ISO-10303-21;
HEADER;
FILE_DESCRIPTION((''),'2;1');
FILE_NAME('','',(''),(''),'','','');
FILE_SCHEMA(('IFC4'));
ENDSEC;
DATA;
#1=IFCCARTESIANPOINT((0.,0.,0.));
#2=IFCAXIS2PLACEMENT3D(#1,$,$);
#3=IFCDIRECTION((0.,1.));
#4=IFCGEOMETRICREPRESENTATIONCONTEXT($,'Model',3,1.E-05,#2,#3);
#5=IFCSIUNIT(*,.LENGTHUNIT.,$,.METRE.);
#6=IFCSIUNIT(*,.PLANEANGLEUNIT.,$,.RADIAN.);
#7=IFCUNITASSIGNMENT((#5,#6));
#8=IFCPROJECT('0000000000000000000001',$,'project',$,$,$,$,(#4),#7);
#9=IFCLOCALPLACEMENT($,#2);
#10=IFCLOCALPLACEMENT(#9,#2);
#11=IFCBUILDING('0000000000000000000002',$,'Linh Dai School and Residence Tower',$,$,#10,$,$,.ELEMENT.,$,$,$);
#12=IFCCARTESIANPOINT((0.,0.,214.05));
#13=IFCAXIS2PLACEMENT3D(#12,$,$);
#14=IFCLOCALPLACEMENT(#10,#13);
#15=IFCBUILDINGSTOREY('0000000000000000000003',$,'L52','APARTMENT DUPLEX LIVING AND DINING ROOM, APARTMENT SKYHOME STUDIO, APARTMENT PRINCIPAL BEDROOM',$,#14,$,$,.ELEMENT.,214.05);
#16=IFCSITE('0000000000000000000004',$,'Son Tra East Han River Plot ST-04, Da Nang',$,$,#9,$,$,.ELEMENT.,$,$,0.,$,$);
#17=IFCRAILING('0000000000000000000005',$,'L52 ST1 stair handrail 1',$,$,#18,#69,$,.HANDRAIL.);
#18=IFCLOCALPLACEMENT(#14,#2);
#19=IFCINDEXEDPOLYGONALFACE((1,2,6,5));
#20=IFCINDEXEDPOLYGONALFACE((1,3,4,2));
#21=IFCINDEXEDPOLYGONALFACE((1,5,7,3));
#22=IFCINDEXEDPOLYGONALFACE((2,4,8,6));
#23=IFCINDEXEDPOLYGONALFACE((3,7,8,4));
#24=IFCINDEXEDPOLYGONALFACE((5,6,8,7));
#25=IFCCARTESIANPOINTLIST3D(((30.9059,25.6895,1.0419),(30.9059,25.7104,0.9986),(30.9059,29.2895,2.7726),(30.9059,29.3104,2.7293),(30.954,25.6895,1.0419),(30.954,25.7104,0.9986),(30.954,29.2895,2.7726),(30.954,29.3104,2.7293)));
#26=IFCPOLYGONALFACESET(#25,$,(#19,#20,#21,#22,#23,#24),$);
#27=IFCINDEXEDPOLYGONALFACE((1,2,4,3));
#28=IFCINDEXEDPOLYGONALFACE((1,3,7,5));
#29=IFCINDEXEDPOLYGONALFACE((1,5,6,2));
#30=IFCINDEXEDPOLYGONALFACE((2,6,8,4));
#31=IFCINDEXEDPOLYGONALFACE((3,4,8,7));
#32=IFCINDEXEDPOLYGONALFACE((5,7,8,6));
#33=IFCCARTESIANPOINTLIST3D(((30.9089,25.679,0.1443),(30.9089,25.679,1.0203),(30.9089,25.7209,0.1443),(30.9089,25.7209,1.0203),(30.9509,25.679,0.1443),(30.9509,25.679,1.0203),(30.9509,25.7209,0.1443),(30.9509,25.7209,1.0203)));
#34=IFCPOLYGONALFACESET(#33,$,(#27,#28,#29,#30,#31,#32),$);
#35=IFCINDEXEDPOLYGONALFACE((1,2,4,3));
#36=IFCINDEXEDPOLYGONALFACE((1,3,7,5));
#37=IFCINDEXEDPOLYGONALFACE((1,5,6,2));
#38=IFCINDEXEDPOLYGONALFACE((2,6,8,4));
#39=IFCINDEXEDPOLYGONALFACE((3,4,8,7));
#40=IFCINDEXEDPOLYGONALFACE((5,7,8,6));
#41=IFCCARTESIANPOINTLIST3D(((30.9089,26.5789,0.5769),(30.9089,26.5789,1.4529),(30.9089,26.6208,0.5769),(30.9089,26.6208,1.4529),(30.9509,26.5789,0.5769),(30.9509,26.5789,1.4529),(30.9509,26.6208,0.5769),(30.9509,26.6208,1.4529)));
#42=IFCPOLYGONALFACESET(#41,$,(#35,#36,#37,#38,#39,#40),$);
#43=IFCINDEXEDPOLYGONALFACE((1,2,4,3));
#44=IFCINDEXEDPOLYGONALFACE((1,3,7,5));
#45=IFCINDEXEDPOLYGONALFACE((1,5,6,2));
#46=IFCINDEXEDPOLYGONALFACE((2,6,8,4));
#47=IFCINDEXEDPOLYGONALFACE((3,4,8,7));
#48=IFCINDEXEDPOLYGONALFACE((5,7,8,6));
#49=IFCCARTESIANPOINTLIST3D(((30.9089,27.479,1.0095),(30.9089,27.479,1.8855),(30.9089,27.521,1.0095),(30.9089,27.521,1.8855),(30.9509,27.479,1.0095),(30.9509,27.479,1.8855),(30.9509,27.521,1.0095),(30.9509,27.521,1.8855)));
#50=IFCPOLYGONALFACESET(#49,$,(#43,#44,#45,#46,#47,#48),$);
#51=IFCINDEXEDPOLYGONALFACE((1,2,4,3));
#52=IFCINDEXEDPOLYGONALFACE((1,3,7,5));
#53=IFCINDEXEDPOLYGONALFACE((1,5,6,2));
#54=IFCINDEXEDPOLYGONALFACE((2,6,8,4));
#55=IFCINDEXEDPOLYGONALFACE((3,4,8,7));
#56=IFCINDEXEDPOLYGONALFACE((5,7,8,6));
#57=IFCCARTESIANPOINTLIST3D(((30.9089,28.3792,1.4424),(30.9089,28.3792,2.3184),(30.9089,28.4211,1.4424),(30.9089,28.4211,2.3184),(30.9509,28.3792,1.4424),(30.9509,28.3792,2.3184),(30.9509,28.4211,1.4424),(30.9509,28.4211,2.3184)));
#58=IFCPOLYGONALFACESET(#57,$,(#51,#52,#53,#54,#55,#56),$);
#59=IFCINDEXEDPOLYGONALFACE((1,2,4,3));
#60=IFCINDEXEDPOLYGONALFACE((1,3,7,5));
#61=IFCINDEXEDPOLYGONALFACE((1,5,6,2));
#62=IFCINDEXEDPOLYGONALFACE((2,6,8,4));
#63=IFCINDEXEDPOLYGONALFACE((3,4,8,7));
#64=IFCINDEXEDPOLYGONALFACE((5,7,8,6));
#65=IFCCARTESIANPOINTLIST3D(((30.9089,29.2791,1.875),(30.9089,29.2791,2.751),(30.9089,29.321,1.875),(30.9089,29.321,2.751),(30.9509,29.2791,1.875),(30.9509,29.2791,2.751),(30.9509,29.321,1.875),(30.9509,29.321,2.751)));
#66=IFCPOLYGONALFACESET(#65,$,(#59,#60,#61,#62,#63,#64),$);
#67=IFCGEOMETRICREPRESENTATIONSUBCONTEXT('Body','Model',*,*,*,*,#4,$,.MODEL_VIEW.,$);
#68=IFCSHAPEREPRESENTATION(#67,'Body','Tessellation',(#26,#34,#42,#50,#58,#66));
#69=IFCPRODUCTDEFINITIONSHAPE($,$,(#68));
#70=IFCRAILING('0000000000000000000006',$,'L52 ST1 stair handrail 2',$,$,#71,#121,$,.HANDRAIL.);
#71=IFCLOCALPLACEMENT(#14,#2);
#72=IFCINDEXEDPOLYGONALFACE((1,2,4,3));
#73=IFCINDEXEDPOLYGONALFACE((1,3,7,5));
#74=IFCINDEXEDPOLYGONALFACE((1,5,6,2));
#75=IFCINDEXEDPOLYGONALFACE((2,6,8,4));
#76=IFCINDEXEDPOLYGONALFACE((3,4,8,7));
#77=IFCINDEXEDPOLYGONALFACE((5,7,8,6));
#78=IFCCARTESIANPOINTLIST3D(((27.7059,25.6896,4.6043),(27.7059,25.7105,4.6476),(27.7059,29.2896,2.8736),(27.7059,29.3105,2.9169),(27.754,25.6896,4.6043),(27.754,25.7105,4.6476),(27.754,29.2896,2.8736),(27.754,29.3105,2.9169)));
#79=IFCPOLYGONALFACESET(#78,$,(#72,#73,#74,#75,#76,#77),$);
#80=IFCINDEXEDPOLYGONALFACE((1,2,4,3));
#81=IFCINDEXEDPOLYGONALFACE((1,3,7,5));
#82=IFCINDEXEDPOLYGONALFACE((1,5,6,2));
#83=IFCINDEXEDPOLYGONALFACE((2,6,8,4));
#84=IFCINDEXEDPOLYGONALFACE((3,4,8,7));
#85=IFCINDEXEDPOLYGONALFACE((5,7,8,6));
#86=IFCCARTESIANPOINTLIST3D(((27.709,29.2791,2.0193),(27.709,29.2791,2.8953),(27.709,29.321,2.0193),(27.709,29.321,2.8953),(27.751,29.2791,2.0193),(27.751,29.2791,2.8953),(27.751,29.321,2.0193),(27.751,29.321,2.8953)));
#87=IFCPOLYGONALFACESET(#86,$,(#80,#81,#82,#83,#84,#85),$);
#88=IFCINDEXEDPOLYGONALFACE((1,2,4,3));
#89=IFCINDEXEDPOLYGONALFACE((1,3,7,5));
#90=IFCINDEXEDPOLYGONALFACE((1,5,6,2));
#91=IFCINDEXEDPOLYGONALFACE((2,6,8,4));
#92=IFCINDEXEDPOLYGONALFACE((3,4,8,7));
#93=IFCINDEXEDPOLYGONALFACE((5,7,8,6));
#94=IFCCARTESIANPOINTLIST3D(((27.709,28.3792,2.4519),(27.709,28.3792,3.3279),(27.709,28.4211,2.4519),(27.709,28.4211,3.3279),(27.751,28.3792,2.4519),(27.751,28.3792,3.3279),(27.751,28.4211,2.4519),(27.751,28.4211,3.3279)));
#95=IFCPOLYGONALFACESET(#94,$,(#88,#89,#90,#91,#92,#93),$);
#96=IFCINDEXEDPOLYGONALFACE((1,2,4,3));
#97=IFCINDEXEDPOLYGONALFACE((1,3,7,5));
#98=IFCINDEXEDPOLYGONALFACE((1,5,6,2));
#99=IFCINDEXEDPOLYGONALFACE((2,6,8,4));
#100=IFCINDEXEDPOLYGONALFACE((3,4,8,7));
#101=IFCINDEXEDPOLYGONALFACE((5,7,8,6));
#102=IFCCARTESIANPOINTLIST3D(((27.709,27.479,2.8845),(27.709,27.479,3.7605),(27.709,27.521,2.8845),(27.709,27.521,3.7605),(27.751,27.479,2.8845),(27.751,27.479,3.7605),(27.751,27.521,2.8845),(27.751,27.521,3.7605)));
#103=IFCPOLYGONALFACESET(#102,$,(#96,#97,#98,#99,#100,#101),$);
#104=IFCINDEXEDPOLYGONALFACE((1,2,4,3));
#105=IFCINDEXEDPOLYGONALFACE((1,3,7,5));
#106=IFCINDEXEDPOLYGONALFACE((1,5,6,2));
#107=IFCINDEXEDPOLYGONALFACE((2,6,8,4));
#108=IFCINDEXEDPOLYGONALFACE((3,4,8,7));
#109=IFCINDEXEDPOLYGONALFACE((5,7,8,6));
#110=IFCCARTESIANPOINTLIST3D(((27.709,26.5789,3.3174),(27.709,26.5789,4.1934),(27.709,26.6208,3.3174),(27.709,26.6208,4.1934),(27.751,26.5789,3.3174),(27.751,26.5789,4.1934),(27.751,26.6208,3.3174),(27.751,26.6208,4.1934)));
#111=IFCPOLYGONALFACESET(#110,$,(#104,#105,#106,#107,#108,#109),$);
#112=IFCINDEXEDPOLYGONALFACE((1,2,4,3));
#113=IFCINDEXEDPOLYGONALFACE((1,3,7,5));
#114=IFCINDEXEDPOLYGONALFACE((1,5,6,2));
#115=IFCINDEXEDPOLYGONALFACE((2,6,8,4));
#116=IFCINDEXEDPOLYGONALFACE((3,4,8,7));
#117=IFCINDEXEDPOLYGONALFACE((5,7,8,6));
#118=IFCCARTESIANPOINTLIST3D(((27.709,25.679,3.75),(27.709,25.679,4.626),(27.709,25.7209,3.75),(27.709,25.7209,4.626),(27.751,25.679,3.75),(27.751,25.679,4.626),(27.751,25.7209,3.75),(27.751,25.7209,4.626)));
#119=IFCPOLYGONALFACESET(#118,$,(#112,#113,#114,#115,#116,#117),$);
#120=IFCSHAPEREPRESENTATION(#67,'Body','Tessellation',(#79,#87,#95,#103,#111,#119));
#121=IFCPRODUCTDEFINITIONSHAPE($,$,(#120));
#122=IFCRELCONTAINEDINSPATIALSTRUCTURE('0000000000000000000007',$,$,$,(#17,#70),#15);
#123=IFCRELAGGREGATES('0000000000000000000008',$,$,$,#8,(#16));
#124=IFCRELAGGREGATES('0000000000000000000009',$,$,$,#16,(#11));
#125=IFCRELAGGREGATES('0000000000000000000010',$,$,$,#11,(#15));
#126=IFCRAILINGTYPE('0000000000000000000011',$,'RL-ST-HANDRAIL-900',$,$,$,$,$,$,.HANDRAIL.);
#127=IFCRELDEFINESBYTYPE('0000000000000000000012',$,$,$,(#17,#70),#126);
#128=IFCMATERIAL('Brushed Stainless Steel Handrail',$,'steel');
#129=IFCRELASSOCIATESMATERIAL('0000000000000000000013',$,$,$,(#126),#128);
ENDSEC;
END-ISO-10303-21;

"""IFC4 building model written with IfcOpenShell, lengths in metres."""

from ifc_helpers import new_model, si_unit, direction, frame, origin, origin_2d, place, context, subcontext, project, spatial, rectangle, extrude, source, transform, mapped, material, type_object, element, save


model = new_model("IFC4")

# Units and contexts
model_context = context("Model", 3, precision=1e-05, world=origin(), true_north=direction((0.0, 1.0)))
body_context = subcontext(model_context, "Body", "Model", "MODEL_VIEW")
ifc_project = project(units=[si_unit("LENGTHUNIT", "METRE"), si_unit("PLANEANGLEUNIT", "RADIAN")], contexts=[model_context])

# Site, building, storey
site_placement = place(None, origin())
site = spatial("IfcSite", under=ifc_project, at=site_placement, Name="Son Tra East Han River Plot ST-04, Da Nang", CompositionType="ELEMENT", RefElevation=0.0)
building_placement = place(site_placement, origin())
building = spatial("IfcBuilding", under=site, at=building_placement, Name="Linh Dai School and Residence Tower", CompositionType="ELEMENT")
storey_placement = place(building_placement, frame((0.0, 0.0, 214.05)))
storey = spatial("IfcBuildingStorey", under=building, at=storey_placement, Name="L52", Description="APARTMENT DUPLEX LIVING AND DINING ROOM, APARTMENT SKYHOME STUDIO, APARTMENT PRINCIPAL BEDROOM", CompositionType="ELEMENT", Elevation=214.05)

# Railings
ifc_material_1 = material(Name="Brushed Stainless Steel Handrail", Category="steel")
railing_type_1 = type_object("IfcRailingType", Name="RL-ST-HANDRAIL-900", PredefinedType="HANDRAIL", material=ifc_material_1)
shared_shape_1 = source(origin(), body_context, "Body", "SweptSolid", [
    extrude(rectangle(XDim=0.0481, YDim=0.0481, at=origin_2d()), frame((0.0, 0.0, 0.876), z_axis=(0.0, 0.901263, 0.433273), x_axis=(-1.0, 0.0, 0.0)), (0.0, 0.0, 1.0), 3.9944),
    extrude(rectangle(XDim=0.042, YDim=0.042, at=origin_2d()), origin(), (0.0, 0.0, 1.0), 0.876),
    extrude(rectangle(XDim=0.042, YDim=0.042, at=origin_2d()), frame((0.0, 0.8999, 0.4326)), (0.0, 0.0, 1.0), 0.876),
    extrude(rectangle(XDim=0.042, YDim=0.042, at=origin_2d()), frame((0.0, 1.8, 0.8652)), (0.0, 0.0, 1.0), 0.876),
    extrude(rectangle(XDim=0.042, YDim=0.042, at=origin_2d()), frame((0.0, 2.7002, 1.2981)), (0.0, 0.0, 1.0), 0.876),
    extrude(rectangle(XDim=0.042, YDim=0.042, at=origin_2d()), frame((0.0, 3.6001, 1.7307)), (0.0, 0.0, 1.0), 0.876),
])
railing_1_placement = place(storey_placement, frame((30.9299, 25.7, 0.1443)))
element("IfcRailing", 1, at=railing_1_placement, inside=storey, type_object=railing_type_1, Name="L52 ST1 stair handrail 1", PredefinedType="HANDRAIL", context=body_context, shape_type="MappedRepresentation", body=[
    mapped(shared_shape_1, transform((0.0, 0.0, 0.0), x_axis=(1.0, 0.0, 0.0), y_axis=(0.0, 1.0, 0.0), z_axis=(0.0, 0.0, 1.0), scale=1.0)),
])
shared_shape_2 = source(origin(), body_context, "Body", "SweptSolid", [
    extrude(rectangle(XDim=0.0481, YDim=0.0481, at=origin_2d()), frame((0.0, 0.0, 0.876), z_axis=(0.0, -0.901263, 0.433273), x_axis=(1.0, 0.0, 0.0)), (0.0, 0.0, 1.0), 3.9944),
    extrude(rectangle(XDim=0.042, YDim=0.042, at=origin_2d()), origin(), (0.0, 0.0, 1.0), 0.876),
    extrude(rectangle(XDim=0.042, YDim=0.042, at=origin_2d()), frame((0.0, -0.8999, 0.4326)), (0.0, 0.0, 1.0), 0.876),
    extrude(rectangle(XDim=0.042, YDim=0.042, at=origin_2d()), frame((0.0, -1.8, 0.8652)), (0.0, 0.0, 1.0), 0.876),
    extrude(rectangle(XDim=0.042, YDim=0.042, at=origin_2d()), frame((0.0, -2.7002, 1.2981)), (0.0, 0.0, 1.0), 0.876),
    extrude(rectangle(XDim=0.042, YDim=0.042, at=origin_2d()), frame((0.0, -3.6001, 1.7307)), (0.0, 0.0, 1.0), 0.876),
])
railing_2_placement = place(storey_placement, frame((27.73, 29.3, 2.0193)))
element("IfcRailing", 2, at=railing_2_placement, inside=storey, type_object=railing_type_1, Name="L52 ST1 stair handrail 2", PredefinedType="HANDRAIL", context=body_context, shape_type="MappedRepresentation", body=[
    mapped(shared_shape_2, transform((0.0, 0.0, 0.0), x_axis=(1.0, 0.0, 0.0), y_axis=(0.0, 1.0, 0.0), z_axis=(0.0, 0.0, 1.0), scale=1.0)),
])

save(model, "model.ifc")
